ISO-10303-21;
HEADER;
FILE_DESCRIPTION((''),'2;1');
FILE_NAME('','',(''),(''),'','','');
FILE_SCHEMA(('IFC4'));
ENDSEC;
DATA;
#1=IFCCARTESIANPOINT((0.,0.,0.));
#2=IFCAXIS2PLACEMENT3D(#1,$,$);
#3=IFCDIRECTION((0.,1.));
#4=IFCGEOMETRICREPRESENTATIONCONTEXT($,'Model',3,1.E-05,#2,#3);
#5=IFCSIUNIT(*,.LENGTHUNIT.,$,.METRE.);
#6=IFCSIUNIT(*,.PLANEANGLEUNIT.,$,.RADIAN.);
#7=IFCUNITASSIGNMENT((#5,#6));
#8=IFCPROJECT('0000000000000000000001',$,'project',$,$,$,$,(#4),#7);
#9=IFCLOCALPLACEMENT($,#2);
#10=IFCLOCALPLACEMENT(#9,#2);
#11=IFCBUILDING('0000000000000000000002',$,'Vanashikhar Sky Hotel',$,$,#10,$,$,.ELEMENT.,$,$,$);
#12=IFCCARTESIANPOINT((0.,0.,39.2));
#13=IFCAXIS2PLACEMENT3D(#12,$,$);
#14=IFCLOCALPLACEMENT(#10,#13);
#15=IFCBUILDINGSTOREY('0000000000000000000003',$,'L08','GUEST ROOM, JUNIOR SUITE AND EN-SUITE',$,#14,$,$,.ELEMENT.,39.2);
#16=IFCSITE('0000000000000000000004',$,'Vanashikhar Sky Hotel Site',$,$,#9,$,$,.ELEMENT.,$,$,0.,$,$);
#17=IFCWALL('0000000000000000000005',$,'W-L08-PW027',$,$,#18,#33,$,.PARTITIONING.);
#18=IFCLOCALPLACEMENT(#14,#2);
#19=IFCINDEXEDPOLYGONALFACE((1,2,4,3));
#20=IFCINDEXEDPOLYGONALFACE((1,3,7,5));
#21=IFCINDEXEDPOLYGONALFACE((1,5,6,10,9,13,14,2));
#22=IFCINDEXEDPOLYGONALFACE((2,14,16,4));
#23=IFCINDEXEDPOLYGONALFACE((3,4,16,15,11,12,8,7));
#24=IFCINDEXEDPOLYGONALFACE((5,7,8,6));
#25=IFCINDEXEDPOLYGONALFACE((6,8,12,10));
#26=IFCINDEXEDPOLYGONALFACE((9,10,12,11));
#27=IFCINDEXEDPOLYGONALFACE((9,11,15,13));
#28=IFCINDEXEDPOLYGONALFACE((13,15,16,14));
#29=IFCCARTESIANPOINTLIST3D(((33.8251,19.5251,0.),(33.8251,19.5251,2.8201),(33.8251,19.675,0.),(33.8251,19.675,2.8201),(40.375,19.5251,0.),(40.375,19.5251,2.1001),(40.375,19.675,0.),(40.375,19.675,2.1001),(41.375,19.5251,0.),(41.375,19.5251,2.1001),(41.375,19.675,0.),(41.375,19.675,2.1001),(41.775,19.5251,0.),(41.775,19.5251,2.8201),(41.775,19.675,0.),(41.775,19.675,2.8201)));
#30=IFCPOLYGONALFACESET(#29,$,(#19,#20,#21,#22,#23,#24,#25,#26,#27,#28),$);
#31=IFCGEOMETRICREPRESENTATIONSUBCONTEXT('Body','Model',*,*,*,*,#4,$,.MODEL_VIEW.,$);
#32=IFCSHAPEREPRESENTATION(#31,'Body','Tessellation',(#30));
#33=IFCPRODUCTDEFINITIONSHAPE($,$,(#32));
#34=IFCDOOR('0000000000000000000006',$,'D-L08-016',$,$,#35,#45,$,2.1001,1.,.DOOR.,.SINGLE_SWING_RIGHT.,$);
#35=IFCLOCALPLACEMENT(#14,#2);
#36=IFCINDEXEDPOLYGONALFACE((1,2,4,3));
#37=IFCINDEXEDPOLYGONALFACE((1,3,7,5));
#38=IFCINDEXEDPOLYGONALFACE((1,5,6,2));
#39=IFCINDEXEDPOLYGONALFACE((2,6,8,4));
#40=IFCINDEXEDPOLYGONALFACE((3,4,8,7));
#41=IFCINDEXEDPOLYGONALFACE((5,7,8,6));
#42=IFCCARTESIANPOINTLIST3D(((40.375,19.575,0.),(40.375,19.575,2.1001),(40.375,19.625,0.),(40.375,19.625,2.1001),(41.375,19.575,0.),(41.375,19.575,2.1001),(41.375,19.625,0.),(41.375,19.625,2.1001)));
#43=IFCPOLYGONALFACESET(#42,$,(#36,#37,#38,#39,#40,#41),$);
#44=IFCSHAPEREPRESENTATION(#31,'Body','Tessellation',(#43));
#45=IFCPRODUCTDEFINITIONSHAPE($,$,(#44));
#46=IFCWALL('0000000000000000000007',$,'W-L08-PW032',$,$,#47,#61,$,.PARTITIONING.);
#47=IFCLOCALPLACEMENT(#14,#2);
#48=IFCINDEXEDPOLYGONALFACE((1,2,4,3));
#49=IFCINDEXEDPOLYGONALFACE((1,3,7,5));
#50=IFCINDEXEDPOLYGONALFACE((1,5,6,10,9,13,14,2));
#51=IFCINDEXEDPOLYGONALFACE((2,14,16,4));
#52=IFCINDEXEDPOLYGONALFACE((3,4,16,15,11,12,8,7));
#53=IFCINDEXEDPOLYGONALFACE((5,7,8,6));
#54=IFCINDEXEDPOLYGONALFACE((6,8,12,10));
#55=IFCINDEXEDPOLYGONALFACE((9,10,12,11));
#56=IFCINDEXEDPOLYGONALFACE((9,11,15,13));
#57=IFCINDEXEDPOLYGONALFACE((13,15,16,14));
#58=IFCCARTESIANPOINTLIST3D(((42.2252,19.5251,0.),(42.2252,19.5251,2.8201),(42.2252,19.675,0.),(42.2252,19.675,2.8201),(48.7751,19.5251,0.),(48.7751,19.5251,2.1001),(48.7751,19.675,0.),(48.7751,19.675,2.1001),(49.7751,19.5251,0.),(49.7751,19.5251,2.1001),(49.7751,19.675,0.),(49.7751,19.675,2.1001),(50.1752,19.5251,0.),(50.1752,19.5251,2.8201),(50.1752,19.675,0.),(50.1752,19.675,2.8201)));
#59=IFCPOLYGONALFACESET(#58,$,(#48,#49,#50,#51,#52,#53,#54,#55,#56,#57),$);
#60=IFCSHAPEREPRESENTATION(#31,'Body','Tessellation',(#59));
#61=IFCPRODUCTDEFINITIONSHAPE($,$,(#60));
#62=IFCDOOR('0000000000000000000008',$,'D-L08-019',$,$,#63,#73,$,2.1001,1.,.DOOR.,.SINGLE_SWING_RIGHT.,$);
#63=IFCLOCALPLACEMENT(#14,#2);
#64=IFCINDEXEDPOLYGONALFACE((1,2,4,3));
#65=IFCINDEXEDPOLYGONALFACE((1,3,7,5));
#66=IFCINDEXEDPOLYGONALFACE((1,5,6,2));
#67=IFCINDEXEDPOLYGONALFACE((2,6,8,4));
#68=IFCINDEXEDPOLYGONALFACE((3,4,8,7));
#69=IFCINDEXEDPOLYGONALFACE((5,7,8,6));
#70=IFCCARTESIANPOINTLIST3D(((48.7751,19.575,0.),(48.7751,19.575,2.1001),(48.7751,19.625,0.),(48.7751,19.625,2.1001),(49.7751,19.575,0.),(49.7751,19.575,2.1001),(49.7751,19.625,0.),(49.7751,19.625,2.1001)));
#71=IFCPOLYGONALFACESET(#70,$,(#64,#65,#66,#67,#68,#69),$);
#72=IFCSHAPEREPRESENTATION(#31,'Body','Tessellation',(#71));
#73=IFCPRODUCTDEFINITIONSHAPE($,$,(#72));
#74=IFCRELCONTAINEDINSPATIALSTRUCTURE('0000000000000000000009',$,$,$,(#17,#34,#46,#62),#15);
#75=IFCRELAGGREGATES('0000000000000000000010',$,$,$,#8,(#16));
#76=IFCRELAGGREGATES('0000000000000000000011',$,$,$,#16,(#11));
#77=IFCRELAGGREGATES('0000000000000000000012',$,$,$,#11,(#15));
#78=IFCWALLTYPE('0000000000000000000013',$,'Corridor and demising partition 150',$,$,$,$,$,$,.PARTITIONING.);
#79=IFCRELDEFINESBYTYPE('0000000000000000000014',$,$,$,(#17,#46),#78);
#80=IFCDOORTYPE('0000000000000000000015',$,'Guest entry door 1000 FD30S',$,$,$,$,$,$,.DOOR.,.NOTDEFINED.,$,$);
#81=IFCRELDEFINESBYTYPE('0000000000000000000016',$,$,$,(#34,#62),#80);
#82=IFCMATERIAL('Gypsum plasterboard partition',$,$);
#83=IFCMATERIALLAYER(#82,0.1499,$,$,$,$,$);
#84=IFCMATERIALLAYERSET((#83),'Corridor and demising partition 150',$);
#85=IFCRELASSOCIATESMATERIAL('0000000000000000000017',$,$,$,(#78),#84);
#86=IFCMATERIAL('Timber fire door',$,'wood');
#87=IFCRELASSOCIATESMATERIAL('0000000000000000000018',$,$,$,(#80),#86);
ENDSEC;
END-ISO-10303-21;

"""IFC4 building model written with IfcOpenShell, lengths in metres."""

from ifc_helpers import new_model, si_unit, direction, frame, frame_2d, origin, place, context, subcontext, project, spatial, rectangle, extrude, source, transform, mapped, material, layer, layer_set, type_object, element, fill, save


model = new_model("IFC4")

# Units and contexts
model_context = context("Model", 3, precision=1e-05, world=origin(), true_north=direction((0.0, 1.0)))
body_context = subcontext(model_context, "Body", "Model", "MODEL_VIEW")
ifc_project = project(units=[si_unit("LENGTHUNIT", "METRE"), si_unit("PLANEANGLEUNIT", "RADIAN")], contexts=[model_context])

# Site, building, storey
site_placement = place(None, origin())
site = spatial("IfcSite", under=ifc_project, at=site_placement, Name="Vanashikhar Sky Hotel Site", CompositionType="ELEMENT", RefElevation=0.0)
building_placement = place(site_placement, origin())
building = spatial("IfcBuilding", under=site, at=building_placement, Name="Vanashikhar Sky Hotel", CompositionType="ELEMENT")
storey_placement = place(building_placement, frame((0.0, 0.0, 39.2)))
storey = spatial("IfcBuildingStorey", under=building, at=storey_placement, Name="L08", Description="GUEST ROOM, JUNIOR SUITE AND EN-SUITE", CompositionType="ELEMENT", Elevation=39.2)

# Walls, openings, doors
ifc_material_1 = material(Name="Gypsum plasterboard partition")
ifc_layer_1 = layer(ifc_material_1, 0.1499)
ifc_layer_set_1 = layer_set([ifc_layer_1], Name="Corridor and demising partition 150")
wall_type_1 = type_object("IfcWallType", Name="Corridor and demising partition 150", PredefinedType="PARTITIONING", material=ifc_layer_set_1)
shared_shape_1 = source(origin(), body_context, "Body", "SweptSolid", [
    extrude(rectangle(XDim=7.95, YDim=0.1499, at=frame_2d((3.9751, 0.0))), origin(), (0.0, 0.0, 1.0), 2.8201),
])
wall_1_placement = place(storey_placement, frame((33.825, 19.6001, 0.0), z_axis=(0.0, 0.0, 1.0), x_axis=(1.0, 0.0, 0.0)))
wall_1 = element("IfcWall", 1, at=wall_1_placement, inside=storey, type_object=wall_type_1, Name="W-L08-PW027", PredefinedType="PARTITIONING", context=body_context, shape_type="MappedRepresentation", body=[
    mapped(shared_shape_1, transform((0.0, 0.0, 0.0), scale=1.0)),
])
shared_shape_2 = source(origin(), body_context, "Body", "SweptSolid", [
    extrude(rectangle(XDim=1.0, YDim=2.1001, at=frame_2d((0.5, 1.05))), frame((0.0, 0.085, 0.0), z_axis=(0.0, -1.0, 0.0), x_axis=(1.0, 0.0, 0.0)), (0.0, 0.0, 1.0), 0.1699),
])
opening_1_placement = place(wall_1_placement, frame((6.55, 0.0, 0.0)))
opening_1 = element("IfcOpeningElement", 2, at=opening_1_placement, cuts=wall_1, PredefinedType="OPENING", context=body_context, shape_type="MappedRepresentation", body=[
    mapped(shared_shape_2, transform((0.0, 0.0, 0.0), scale=1.0)),
])
ifc_material_2 = material(Name="Timber fire door", Category="wood")
door_type_1 = type_object("IfcDoorType", Name="Guest entry door 1000 FD30S", OperationType="NOTDEFINED", PredefinedType="DOOR", material=ifc_material_2)
shared_shape_3 = source(origin(), body_context, "Body", "SweptSolid", [
    extrude(rectangle(XDim=1.0, YDim=2.1001, at=frame_2d((0.5, 1.05))), frame((0.0, 0.0249, 0.0), z_axis=(0.0, -1.0, 0.0), x_axis=(1.0, 0.0, 0.0)), (0.0, 0.0, 1.0), 0.05),
])
door_1_placement = place(opening_1_placement, origin())
door_1 = element("IfcDoor", 3, at=door_1_placement, inside=storey, type_object=door_type_1, Name="D-L08-016", OperationType="SINGLE_SWING_RIGHT", OverallHeight=2.1001, OverallWidth=1.0, PredefinedType="DOOR", context=body_context, shape_type="MappedRepresentation", body=[
    mapped(shared_shape_3, transform((0.0, 0.0, 0.0), scale=1.0)),
])
fill(opening_1, door_1)
wall_2_placement = place(storey_placement, frame((42.2251, 19.6001, 0.0), z_axis=(0.0, 0.0, 1.0), x_axis=(1.0, 0.0, 0.0)))
wall_2 = element("IfcWall", 4, at=wall_2_placement, inside=storey, type_object=wall_type_1, Name="W-L08-PW032", PredefinedType="PARTITIONING", context=body_context, shape_type="MappedRepresentation", body=[
    mapped(shared_shape_1, transform((0.0, 0.0, 0.0), scale=1.0)),
])
opening_2_placement = place(wall_2_placement, frame((6.55, 0.0, 0.0)))
opening_2 = element("IfcOpeningElement", 5, at=opening_2_placement, cuts=wall_2, PredefinedType="OPENING", context=body_context, shape_type="MappedRepresentation", body=[
    mapped(shared_shape_2, transform((0.0, 0.0, 0.0), scale=1.0)),
])
door_2_placement = place(opening_2_placement, origin())
door_2 = element("IfcDoor", 6, at=door_2_placement, inside=storey, type_object=door_type_1, Name="D-L08-019", OperationType="SINGLE_SWING_RIGHT", OverallHeight=2.1001, OverallWidth=1.0, PredefinedType="DOOR", context=body_context, shape_type="MappedRepresentation", body=[
    mapped(shared_shape_3, transform((0.0, 0.0, 0.0), scale=1.0)),
])
fill(opening_2, door_2)

save(model, "model.ifc")
